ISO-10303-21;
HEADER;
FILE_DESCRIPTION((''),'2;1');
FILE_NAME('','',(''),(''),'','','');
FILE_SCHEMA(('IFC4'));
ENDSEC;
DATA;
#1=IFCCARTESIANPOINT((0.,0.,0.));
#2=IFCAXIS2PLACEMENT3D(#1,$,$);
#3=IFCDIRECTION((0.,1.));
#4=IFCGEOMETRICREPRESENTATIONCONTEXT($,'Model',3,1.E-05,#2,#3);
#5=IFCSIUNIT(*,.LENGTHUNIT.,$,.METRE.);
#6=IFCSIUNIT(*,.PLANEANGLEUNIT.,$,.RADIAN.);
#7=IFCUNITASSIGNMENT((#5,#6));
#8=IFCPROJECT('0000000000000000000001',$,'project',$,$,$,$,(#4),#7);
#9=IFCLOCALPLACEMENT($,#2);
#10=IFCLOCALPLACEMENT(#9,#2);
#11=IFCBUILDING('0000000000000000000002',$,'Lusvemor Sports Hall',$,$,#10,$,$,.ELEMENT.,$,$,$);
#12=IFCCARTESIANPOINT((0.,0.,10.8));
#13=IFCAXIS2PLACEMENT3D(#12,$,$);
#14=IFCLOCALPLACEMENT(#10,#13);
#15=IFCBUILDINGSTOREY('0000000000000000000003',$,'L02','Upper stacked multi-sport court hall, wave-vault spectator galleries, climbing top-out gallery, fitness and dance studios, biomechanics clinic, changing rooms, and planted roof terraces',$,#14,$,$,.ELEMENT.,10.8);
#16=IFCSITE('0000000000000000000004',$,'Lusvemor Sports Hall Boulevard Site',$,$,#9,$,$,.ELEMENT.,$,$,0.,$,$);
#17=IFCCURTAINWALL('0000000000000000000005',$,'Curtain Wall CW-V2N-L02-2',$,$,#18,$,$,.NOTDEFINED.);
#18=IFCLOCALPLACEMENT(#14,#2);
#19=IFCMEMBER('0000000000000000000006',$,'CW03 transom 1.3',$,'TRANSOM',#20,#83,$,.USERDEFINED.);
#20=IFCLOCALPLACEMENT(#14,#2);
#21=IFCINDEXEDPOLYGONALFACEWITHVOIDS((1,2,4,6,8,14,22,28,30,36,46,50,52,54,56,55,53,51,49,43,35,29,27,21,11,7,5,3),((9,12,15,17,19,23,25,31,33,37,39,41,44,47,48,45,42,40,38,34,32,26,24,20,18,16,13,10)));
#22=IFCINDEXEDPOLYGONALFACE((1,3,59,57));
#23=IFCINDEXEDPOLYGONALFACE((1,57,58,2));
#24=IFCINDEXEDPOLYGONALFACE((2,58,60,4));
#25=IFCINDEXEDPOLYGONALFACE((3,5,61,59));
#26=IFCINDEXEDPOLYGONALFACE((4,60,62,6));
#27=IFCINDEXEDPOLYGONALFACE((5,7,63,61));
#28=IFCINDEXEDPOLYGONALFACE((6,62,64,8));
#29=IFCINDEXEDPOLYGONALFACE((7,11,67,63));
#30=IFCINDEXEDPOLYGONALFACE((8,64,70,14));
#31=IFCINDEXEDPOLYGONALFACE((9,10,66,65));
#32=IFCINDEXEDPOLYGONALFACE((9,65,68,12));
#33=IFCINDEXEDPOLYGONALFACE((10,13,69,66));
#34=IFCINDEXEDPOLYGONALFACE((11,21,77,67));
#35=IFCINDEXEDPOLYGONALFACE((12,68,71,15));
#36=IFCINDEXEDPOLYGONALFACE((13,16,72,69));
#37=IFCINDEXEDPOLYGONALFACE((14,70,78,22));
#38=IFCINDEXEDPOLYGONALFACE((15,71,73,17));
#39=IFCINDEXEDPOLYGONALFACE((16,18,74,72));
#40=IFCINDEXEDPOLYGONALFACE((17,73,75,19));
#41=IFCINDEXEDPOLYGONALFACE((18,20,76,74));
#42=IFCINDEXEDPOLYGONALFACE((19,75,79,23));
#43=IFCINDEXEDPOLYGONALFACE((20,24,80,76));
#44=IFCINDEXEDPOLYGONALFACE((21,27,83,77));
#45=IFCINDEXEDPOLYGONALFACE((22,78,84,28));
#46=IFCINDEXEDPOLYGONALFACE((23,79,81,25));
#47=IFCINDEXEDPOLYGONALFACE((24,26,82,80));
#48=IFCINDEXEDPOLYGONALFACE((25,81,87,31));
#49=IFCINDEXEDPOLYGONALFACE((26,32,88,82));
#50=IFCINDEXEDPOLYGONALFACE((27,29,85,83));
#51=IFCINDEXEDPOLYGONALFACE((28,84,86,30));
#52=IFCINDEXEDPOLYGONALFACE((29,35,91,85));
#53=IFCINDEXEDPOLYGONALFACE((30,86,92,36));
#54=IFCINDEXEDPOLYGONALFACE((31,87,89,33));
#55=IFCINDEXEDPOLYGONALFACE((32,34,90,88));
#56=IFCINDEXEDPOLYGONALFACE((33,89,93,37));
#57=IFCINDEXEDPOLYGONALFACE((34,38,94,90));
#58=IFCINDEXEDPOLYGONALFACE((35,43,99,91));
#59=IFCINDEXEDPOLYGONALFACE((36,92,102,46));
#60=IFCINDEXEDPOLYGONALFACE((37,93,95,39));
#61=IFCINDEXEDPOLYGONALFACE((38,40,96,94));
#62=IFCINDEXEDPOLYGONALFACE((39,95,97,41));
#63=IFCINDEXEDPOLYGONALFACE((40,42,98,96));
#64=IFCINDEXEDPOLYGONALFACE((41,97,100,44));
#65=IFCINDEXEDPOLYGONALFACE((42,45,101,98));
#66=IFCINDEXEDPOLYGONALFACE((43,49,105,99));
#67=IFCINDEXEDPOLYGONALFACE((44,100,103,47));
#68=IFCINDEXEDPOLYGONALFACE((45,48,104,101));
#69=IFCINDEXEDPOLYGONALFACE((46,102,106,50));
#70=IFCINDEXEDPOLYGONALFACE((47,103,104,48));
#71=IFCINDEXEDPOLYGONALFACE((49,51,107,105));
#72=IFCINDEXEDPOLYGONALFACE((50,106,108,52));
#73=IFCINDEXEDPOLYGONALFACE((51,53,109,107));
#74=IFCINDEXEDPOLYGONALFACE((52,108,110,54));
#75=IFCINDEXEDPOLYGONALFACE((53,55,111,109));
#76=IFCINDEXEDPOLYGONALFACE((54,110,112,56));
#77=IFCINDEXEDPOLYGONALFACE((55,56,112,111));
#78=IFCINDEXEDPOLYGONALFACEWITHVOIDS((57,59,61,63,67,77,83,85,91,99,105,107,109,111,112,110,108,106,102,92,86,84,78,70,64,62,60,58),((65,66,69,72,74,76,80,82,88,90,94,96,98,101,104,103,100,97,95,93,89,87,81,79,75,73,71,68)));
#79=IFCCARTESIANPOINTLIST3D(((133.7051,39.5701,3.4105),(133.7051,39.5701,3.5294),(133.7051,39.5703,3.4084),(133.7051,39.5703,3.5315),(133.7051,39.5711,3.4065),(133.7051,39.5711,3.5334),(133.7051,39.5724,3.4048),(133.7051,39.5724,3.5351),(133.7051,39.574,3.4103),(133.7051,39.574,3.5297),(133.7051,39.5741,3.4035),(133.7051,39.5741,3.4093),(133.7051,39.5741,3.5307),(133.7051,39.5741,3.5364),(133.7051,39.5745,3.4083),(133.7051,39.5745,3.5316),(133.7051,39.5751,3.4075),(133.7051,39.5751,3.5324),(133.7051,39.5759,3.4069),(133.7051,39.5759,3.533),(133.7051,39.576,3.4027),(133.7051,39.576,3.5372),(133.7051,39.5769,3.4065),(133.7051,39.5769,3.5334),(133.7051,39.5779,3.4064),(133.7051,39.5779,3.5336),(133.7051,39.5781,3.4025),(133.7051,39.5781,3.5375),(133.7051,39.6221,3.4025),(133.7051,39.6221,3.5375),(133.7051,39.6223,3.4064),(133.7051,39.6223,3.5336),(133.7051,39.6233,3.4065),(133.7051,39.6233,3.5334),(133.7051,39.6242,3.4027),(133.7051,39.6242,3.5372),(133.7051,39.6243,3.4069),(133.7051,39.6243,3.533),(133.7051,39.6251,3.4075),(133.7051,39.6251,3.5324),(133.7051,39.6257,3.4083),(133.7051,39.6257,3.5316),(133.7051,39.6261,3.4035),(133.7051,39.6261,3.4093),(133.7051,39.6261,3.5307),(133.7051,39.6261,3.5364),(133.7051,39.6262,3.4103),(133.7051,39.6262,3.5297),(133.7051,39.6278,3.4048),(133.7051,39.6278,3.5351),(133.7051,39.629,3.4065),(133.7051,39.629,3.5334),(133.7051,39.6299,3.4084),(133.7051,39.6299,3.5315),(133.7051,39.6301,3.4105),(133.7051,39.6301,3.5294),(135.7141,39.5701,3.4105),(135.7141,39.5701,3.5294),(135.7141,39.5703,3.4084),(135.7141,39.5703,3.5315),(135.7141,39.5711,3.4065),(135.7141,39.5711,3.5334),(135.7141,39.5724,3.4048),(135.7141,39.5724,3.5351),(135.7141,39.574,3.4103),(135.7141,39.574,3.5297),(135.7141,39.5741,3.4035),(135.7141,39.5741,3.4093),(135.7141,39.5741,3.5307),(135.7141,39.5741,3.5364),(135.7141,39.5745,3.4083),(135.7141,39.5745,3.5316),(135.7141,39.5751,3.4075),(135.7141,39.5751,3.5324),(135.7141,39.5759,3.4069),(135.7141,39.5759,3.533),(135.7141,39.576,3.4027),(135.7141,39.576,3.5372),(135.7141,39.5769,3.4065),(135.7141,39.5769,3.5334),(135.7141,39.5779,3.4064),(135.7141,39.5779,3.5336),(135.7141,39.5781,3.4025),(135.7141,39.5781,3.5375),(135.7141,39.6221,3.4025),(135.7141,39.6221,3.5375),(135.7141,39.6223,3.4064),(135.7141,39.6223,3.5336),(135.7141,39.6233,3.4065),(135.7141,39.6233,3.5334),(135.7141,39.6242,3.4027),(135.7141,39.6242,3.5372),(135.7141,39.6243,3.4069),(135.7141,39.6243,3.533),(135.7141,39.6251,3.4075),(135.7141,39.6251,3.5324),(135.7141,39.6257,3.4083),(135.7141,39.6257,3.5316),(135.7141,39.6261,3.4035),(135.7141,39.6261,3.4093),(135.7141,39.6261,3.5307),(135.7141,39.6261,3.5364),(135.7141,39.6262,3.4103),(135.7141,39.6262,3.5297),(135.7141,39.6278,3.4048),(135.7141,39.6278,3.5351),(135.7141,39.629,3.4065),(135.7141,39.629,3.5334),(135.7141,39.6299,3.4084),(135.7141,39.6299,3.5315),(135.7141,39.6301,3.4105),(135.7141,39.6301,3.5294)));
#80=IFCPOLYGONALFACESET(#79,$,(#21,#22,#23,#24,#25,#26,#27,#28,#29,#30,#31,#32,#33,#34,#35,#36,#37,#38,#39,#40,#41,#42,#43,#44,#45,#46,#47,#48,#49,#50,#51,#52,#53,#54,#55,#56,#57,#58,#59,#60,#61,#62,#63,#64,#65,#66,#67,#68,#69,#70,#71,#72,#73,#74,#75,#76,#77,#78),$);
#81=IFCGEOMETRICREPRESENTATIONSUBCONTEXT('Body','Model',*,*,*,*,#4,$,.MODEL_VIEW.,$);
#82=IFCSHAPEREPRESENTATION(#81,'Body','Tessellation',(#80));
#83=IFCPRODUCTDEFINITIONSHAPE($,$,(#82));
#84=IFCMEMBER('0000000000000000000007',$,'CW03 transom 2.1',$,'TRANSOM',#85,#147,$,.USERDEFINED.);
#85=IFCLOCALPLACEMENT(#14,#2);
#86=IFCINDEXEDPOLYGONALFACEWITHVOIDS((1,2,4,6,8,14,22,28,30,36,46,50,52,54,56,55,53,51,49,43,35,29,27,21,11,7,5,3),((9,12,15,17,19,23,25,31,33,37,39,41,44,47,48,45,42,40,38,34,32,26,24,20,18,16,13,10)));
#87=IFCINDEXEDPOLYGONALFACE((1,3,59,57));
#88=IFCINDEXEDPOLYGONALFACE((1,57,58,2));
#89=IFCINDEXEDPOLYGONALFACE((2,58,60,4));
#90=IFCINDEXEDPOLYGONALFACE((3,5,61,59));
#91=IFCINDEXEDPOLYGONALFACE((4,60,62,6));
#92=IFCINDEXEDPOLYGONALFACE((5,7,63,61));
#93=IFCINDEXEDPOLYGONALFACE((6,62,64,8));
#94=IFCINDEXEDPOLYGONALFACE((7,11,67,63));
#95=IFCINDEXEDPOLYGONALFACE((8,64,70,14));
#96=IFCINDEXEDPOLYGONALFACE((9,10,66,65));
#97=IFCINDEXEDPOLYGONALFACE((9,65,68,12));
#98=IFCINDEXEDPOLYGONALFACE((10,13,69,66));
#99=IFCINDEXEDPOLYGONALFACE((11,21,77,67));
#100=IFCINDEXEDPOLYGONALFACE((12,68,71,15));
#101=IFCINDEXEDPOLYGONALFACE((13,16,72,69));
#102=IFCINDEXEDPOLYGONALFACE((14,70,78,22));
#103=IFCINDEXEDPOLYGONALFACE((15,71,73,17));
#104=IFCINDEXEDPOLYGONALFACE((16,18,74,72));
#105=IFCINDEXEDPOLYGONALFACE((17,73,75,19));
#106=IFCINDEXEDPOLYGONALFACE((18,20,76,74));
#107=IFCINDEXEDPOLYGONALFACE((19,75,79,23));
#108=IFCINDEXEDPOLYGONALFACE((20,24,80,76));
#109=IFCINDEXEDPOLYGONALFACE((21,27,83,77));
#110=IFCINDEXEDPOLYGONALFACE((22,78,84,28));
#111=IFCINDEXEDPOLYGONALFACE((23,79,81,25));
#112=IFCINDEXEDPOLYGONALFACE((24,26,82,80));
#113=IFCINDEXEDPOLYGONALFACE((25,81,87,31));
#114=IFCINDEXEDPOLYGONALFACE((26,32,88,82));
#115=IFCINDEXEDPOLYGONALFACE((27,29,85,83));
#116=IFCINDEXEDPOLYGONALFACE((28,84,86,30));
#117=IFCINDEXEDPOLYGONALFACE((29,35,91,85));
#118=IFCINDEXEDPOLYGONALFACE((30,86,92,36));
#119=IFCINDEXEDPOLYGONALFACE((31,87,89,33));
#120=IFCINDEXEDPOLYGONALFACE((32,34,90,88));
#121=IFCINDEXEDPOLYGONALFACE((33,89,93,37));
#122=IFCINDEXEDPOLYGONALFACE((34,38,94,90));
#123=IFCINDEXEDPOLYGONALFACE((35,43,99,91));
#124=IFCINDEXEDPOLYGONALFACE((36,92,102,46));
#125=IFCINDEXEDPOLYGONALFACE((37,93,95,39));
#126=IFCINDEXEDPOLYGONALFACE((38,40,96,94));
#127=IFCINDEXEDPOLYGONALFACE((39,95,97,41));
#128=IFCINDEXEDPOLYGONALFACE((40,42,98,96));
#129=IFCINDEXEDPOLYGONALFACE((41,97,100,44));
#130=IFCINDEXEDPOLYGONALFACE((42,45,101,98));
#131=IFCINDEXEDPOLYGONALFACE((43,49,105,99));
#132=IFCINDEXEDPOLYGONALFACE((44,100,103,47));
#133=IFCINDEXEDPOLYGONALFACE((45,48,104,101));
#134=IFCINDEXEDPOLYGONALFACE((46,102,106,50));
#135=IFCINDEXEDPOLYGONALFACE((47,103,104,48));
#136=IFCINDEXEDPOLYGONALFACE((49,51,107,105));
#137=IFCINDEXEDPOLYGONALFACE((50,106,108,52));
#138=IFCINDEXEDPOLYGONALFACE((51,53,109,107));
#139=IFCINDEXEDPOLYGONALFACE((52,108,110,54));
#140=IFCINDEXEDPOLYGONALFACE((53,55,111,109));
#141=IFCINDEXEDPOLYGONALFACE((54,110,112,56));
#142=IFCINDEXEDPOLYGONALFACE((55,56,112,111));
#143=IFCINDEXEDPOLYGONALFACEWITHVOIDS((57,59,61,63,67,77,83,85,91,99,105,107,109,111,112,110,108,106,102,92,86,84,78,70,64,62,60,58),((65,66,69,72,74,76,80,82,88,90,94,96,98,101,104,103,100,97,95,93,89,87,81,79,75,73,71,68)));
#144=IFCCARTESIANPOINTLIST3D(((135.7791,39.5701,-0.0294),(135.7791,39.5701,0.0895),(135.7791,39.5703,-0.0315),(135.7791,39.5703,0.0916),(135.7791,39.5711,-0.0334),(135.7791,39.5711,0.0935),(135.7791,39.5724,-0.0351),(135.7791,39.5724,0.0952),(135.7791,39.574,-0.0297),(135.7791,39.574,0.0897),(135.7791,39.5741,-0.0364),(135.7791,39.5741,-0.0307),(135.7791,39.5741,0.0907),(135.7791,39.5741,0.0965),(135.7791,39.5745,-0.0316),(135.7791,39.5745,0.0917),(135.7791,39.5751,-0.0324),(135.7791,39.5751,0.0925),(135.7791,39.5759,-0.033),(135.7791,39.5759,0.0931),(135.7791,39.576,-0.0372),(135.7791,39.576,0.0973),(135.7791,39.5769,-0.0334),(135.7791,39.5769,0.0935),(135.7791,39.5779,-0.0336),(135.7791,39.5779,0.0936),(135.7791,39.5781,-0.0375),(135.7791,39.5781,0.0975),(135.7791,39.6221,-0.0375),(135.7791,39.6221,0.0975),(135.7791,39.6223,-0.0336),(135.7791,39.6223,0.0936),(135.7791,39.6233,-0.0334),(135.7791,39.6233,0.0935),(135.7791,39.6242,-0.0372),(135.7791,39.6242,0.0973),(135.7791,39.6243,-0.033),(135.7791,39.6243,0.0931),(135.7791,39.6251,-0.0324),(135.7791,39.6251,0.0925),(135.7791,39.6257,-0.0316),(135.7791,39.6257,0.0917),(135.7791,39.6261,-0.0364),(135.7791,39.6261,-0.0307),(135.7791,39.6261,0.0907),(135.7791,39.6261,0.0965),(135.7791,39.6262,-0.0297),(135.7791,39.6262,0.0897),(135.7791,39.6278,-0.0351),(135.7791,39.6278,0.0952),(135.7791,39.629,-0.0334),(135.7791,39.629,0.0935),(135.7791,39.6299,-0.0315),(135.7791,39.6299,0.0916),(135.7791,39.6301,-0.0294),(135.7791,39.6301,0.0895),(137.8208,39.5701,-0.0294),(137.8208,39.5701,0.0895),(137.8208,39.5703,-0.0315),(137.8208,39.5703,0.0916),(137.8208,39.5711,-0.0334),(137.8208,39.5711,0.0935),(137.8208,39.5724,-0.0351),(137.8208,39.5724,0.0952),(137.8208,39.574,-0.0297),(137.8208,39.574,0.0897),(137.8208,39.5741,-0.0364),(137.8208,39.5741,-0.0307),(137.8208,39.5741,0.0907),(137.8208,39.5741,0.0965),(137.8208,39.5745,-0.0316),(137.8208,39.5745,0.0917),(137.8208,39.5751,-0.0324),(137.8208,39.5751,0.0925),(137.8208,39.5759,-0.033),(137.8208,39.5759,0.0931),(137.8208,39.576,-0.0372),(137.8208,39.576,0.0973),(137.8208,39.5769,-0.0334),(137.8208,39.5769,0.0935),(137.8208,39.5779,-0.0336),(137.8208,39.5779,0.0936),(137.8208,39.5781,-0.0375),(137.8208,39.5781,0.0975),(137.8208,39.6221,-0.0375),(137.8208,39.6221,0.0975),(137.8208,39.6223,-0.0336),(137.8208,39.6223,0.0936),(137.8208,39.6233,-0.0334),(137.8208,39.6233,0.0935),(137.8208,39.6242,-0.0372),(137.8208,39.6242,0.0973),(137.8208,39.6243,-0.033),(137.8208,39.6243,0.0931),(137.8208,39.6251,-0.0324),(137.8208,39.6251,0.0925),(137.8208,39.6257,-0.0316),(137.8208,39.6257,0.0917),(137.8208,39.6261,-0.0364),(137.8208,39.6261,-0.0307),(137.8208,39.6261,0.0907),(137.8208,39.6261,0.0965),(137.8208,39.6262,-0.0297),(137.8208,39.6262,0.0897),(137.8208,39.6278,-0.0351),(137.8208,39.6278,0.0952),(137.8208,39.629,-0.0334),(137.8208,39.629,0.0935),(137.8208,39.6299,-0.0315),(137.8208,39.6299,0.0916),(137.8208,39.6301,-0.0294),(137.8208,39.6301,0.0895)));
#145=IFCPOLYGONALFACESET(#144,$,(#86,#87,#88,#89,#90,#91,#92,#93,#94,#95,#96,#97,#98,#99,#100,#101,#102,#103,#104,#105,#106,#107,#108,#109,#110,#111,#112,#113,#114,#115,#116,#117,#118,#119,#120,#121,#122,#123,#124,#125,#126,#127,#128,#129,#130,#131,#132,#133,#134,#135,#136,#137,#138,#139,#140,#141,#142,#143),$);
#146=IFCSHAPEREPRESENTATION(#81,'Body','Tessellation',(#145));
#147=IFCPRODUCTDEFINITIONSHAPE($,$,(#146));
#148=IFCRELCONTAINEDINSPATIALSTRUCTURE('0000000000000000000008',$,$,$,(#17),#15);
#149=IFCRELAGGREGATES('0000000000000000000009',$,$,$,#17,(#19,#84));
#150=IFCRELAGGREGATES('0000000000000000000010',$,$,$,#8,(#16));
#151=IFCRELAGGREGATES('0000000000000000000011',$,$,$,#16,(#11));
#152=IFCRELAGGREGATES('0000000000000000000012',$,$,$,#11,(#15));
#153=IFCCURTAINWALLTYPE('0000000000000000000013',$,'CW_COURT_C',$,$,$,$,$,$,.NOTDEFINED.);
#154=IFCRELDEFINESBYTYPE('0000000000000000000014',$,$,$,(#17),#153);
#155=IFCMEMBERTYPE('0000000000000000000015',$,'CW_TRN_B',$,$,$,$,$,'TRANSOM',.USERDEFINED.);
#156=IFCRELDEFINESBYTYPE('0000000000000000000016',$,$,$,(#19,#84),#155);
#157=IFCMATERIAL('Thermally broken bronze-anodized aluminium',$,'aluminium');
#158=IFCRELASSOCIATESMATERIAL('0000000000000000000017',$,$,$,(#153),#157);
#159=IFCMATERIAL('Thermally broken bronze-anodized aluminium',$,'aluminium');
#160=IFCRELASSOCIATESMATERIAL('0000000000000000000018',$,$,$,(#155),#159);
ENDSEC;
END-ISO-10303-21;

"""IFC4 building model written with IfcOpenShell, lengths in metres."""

from ifc_helpers import new_model, si_unit, direction, frame, origin, origin_2d, place, context, subcontext, project, spatial, hollow_rectangle, extrude, material, material_profile, profile_set, type_object, element, aggregate, save


model = new_model("IFC4")

# Units and contexts
model_context = context("Model", 3, precision=1e-05, world=origin(), true_north=direction((0.0, 1.0)))
body_context = subcontext(model_context, "Body", "Model", "MODEL_VIEW")
ifc_project = project(units=[si_unit("LENGTHUNIT", "METRE"), si_unit("PLANEANGLEUNIT", "RADIAN")], contexts=[model_context])

# Site, building, storey
site_placement = place(None, origin())
site = spatial("IfcSite", under=ifc_project, at=site_placement, Name="Lusvemor Sports Hall Boulevard Site", CompositionType="ELEMENT", RefElevation=0.0)
building_placement = place(site_placement, origin())
building = spatial("IfcBuilding", under=site, at=building_placement, Name="Lusvemor Sports Hall", CompositionType="ELEMENT")
storey_placement = place(building_placement, frame((0.0, 0.0, 10.8)))
storey = spatial("IfcBuildingStorey", under=building, at=storey_placement, Name="L02", Description="Upper stacked multi-sport court hall, wave-vault spectator galleries, climbing top-out gallery, fitness and dance studios, biomechanics clinic, changing rooms, and planted roof terraces", CompositionType="ELEMENT", Elevation=10.8)

# Curtain wall, members
ifc_material_1 = material(Name="Thermally broken bronze-anodized aluminium", Category="aluminium")
curtain_wall_type = type_object("IfcCurtainWallType", Name="CW_COURT_C", PredefinedType="NOTDEFINED", material=ifc_material_1)
curtain_wall_placement = place(storey_placement, origin())
curtain_wall = element("IfcCurtainWall", 1, at=curtain_wall_placement, inside=storey, type_object=curtain_wall_type, Name="Curtain Wall CW-V2N-L02-2", PredefinedType="NOTDEFINED")
ifc_material_2 = material(Name="Thermally broken bronze-anodized aluminium", Category="aluminium")
ifc_material_profile_1 = material_profile(ifc_material_2, hollow_rectangle(XDim=0.0601, YDim=0.135, WallThickness=0.0039, InnerFilletRadius=0.0039, OuterFilletRadius=0.0081, at=origin_2d()), Name="CWTRN135x60x4")
ifc_profile_set_1 = profile_set([ifc_material_profile_1], Name="Thermally broken bronze-anodized aluminium")
member_type_1 = type_object("IfcMemberType", Name="CW_TRN_B", ElementType="TRANSOM", PredefinedType="USERDEFINED", material=ifc_profile_set_1)
member_1_placement = place(storey_placement, frame((133.7051, 39.6001, 3.47), z_axis=(1.0, 0.0, 0.0), x_axis=(0.0, 1.0, 0.0)))
member_1 = element("IfcMember", 2, at=member_1_placement, type_object=member_type_1, Name="CW03 transom 1.3", ObjectType="TRANSOM", PredefinedType="USERDEFINED", context=body_context, shape_type="SweptSolid", body=[
    extrude(hollow_rectangle(XDim=0.0601, YDim=0.135, WallThickness=0.0039, InnerFilletRadius=0.0039, OuterFilletRadius=0.0081, at=origin_2d()), origin(), (0.0, 0.0, 1.0), 2.009),
])
member_2_placement = place(storey_placement, frame((135.7791, 39.6001, 0.03), z_axis=(1.0, 0.0, 0.0), x_axis=(0.0, 1.0, 0.0)))
member_2 = element("IfcMember", 3, at=member_2_placement, type_object=member_type_1, Name="CW03 transom 2.1", ObjectType="TRANSOM", PredefinedType="USERDEFINED", context=body_context, shape_type="SweptSolid", body=[
    extrude(hollow_rectangle(XDim=0.0601, YDim=0.135, WallThickness=0.0039, InnerFilletRadius=0.0039, OuterFilletRadius=0.0081, at=origin_2d()), origin(), (0.0, 0.0, 1.0), 2.0417),
])

aggregate(curtain_wall, [member_1, member_2])

save(model, "model.ifc")
